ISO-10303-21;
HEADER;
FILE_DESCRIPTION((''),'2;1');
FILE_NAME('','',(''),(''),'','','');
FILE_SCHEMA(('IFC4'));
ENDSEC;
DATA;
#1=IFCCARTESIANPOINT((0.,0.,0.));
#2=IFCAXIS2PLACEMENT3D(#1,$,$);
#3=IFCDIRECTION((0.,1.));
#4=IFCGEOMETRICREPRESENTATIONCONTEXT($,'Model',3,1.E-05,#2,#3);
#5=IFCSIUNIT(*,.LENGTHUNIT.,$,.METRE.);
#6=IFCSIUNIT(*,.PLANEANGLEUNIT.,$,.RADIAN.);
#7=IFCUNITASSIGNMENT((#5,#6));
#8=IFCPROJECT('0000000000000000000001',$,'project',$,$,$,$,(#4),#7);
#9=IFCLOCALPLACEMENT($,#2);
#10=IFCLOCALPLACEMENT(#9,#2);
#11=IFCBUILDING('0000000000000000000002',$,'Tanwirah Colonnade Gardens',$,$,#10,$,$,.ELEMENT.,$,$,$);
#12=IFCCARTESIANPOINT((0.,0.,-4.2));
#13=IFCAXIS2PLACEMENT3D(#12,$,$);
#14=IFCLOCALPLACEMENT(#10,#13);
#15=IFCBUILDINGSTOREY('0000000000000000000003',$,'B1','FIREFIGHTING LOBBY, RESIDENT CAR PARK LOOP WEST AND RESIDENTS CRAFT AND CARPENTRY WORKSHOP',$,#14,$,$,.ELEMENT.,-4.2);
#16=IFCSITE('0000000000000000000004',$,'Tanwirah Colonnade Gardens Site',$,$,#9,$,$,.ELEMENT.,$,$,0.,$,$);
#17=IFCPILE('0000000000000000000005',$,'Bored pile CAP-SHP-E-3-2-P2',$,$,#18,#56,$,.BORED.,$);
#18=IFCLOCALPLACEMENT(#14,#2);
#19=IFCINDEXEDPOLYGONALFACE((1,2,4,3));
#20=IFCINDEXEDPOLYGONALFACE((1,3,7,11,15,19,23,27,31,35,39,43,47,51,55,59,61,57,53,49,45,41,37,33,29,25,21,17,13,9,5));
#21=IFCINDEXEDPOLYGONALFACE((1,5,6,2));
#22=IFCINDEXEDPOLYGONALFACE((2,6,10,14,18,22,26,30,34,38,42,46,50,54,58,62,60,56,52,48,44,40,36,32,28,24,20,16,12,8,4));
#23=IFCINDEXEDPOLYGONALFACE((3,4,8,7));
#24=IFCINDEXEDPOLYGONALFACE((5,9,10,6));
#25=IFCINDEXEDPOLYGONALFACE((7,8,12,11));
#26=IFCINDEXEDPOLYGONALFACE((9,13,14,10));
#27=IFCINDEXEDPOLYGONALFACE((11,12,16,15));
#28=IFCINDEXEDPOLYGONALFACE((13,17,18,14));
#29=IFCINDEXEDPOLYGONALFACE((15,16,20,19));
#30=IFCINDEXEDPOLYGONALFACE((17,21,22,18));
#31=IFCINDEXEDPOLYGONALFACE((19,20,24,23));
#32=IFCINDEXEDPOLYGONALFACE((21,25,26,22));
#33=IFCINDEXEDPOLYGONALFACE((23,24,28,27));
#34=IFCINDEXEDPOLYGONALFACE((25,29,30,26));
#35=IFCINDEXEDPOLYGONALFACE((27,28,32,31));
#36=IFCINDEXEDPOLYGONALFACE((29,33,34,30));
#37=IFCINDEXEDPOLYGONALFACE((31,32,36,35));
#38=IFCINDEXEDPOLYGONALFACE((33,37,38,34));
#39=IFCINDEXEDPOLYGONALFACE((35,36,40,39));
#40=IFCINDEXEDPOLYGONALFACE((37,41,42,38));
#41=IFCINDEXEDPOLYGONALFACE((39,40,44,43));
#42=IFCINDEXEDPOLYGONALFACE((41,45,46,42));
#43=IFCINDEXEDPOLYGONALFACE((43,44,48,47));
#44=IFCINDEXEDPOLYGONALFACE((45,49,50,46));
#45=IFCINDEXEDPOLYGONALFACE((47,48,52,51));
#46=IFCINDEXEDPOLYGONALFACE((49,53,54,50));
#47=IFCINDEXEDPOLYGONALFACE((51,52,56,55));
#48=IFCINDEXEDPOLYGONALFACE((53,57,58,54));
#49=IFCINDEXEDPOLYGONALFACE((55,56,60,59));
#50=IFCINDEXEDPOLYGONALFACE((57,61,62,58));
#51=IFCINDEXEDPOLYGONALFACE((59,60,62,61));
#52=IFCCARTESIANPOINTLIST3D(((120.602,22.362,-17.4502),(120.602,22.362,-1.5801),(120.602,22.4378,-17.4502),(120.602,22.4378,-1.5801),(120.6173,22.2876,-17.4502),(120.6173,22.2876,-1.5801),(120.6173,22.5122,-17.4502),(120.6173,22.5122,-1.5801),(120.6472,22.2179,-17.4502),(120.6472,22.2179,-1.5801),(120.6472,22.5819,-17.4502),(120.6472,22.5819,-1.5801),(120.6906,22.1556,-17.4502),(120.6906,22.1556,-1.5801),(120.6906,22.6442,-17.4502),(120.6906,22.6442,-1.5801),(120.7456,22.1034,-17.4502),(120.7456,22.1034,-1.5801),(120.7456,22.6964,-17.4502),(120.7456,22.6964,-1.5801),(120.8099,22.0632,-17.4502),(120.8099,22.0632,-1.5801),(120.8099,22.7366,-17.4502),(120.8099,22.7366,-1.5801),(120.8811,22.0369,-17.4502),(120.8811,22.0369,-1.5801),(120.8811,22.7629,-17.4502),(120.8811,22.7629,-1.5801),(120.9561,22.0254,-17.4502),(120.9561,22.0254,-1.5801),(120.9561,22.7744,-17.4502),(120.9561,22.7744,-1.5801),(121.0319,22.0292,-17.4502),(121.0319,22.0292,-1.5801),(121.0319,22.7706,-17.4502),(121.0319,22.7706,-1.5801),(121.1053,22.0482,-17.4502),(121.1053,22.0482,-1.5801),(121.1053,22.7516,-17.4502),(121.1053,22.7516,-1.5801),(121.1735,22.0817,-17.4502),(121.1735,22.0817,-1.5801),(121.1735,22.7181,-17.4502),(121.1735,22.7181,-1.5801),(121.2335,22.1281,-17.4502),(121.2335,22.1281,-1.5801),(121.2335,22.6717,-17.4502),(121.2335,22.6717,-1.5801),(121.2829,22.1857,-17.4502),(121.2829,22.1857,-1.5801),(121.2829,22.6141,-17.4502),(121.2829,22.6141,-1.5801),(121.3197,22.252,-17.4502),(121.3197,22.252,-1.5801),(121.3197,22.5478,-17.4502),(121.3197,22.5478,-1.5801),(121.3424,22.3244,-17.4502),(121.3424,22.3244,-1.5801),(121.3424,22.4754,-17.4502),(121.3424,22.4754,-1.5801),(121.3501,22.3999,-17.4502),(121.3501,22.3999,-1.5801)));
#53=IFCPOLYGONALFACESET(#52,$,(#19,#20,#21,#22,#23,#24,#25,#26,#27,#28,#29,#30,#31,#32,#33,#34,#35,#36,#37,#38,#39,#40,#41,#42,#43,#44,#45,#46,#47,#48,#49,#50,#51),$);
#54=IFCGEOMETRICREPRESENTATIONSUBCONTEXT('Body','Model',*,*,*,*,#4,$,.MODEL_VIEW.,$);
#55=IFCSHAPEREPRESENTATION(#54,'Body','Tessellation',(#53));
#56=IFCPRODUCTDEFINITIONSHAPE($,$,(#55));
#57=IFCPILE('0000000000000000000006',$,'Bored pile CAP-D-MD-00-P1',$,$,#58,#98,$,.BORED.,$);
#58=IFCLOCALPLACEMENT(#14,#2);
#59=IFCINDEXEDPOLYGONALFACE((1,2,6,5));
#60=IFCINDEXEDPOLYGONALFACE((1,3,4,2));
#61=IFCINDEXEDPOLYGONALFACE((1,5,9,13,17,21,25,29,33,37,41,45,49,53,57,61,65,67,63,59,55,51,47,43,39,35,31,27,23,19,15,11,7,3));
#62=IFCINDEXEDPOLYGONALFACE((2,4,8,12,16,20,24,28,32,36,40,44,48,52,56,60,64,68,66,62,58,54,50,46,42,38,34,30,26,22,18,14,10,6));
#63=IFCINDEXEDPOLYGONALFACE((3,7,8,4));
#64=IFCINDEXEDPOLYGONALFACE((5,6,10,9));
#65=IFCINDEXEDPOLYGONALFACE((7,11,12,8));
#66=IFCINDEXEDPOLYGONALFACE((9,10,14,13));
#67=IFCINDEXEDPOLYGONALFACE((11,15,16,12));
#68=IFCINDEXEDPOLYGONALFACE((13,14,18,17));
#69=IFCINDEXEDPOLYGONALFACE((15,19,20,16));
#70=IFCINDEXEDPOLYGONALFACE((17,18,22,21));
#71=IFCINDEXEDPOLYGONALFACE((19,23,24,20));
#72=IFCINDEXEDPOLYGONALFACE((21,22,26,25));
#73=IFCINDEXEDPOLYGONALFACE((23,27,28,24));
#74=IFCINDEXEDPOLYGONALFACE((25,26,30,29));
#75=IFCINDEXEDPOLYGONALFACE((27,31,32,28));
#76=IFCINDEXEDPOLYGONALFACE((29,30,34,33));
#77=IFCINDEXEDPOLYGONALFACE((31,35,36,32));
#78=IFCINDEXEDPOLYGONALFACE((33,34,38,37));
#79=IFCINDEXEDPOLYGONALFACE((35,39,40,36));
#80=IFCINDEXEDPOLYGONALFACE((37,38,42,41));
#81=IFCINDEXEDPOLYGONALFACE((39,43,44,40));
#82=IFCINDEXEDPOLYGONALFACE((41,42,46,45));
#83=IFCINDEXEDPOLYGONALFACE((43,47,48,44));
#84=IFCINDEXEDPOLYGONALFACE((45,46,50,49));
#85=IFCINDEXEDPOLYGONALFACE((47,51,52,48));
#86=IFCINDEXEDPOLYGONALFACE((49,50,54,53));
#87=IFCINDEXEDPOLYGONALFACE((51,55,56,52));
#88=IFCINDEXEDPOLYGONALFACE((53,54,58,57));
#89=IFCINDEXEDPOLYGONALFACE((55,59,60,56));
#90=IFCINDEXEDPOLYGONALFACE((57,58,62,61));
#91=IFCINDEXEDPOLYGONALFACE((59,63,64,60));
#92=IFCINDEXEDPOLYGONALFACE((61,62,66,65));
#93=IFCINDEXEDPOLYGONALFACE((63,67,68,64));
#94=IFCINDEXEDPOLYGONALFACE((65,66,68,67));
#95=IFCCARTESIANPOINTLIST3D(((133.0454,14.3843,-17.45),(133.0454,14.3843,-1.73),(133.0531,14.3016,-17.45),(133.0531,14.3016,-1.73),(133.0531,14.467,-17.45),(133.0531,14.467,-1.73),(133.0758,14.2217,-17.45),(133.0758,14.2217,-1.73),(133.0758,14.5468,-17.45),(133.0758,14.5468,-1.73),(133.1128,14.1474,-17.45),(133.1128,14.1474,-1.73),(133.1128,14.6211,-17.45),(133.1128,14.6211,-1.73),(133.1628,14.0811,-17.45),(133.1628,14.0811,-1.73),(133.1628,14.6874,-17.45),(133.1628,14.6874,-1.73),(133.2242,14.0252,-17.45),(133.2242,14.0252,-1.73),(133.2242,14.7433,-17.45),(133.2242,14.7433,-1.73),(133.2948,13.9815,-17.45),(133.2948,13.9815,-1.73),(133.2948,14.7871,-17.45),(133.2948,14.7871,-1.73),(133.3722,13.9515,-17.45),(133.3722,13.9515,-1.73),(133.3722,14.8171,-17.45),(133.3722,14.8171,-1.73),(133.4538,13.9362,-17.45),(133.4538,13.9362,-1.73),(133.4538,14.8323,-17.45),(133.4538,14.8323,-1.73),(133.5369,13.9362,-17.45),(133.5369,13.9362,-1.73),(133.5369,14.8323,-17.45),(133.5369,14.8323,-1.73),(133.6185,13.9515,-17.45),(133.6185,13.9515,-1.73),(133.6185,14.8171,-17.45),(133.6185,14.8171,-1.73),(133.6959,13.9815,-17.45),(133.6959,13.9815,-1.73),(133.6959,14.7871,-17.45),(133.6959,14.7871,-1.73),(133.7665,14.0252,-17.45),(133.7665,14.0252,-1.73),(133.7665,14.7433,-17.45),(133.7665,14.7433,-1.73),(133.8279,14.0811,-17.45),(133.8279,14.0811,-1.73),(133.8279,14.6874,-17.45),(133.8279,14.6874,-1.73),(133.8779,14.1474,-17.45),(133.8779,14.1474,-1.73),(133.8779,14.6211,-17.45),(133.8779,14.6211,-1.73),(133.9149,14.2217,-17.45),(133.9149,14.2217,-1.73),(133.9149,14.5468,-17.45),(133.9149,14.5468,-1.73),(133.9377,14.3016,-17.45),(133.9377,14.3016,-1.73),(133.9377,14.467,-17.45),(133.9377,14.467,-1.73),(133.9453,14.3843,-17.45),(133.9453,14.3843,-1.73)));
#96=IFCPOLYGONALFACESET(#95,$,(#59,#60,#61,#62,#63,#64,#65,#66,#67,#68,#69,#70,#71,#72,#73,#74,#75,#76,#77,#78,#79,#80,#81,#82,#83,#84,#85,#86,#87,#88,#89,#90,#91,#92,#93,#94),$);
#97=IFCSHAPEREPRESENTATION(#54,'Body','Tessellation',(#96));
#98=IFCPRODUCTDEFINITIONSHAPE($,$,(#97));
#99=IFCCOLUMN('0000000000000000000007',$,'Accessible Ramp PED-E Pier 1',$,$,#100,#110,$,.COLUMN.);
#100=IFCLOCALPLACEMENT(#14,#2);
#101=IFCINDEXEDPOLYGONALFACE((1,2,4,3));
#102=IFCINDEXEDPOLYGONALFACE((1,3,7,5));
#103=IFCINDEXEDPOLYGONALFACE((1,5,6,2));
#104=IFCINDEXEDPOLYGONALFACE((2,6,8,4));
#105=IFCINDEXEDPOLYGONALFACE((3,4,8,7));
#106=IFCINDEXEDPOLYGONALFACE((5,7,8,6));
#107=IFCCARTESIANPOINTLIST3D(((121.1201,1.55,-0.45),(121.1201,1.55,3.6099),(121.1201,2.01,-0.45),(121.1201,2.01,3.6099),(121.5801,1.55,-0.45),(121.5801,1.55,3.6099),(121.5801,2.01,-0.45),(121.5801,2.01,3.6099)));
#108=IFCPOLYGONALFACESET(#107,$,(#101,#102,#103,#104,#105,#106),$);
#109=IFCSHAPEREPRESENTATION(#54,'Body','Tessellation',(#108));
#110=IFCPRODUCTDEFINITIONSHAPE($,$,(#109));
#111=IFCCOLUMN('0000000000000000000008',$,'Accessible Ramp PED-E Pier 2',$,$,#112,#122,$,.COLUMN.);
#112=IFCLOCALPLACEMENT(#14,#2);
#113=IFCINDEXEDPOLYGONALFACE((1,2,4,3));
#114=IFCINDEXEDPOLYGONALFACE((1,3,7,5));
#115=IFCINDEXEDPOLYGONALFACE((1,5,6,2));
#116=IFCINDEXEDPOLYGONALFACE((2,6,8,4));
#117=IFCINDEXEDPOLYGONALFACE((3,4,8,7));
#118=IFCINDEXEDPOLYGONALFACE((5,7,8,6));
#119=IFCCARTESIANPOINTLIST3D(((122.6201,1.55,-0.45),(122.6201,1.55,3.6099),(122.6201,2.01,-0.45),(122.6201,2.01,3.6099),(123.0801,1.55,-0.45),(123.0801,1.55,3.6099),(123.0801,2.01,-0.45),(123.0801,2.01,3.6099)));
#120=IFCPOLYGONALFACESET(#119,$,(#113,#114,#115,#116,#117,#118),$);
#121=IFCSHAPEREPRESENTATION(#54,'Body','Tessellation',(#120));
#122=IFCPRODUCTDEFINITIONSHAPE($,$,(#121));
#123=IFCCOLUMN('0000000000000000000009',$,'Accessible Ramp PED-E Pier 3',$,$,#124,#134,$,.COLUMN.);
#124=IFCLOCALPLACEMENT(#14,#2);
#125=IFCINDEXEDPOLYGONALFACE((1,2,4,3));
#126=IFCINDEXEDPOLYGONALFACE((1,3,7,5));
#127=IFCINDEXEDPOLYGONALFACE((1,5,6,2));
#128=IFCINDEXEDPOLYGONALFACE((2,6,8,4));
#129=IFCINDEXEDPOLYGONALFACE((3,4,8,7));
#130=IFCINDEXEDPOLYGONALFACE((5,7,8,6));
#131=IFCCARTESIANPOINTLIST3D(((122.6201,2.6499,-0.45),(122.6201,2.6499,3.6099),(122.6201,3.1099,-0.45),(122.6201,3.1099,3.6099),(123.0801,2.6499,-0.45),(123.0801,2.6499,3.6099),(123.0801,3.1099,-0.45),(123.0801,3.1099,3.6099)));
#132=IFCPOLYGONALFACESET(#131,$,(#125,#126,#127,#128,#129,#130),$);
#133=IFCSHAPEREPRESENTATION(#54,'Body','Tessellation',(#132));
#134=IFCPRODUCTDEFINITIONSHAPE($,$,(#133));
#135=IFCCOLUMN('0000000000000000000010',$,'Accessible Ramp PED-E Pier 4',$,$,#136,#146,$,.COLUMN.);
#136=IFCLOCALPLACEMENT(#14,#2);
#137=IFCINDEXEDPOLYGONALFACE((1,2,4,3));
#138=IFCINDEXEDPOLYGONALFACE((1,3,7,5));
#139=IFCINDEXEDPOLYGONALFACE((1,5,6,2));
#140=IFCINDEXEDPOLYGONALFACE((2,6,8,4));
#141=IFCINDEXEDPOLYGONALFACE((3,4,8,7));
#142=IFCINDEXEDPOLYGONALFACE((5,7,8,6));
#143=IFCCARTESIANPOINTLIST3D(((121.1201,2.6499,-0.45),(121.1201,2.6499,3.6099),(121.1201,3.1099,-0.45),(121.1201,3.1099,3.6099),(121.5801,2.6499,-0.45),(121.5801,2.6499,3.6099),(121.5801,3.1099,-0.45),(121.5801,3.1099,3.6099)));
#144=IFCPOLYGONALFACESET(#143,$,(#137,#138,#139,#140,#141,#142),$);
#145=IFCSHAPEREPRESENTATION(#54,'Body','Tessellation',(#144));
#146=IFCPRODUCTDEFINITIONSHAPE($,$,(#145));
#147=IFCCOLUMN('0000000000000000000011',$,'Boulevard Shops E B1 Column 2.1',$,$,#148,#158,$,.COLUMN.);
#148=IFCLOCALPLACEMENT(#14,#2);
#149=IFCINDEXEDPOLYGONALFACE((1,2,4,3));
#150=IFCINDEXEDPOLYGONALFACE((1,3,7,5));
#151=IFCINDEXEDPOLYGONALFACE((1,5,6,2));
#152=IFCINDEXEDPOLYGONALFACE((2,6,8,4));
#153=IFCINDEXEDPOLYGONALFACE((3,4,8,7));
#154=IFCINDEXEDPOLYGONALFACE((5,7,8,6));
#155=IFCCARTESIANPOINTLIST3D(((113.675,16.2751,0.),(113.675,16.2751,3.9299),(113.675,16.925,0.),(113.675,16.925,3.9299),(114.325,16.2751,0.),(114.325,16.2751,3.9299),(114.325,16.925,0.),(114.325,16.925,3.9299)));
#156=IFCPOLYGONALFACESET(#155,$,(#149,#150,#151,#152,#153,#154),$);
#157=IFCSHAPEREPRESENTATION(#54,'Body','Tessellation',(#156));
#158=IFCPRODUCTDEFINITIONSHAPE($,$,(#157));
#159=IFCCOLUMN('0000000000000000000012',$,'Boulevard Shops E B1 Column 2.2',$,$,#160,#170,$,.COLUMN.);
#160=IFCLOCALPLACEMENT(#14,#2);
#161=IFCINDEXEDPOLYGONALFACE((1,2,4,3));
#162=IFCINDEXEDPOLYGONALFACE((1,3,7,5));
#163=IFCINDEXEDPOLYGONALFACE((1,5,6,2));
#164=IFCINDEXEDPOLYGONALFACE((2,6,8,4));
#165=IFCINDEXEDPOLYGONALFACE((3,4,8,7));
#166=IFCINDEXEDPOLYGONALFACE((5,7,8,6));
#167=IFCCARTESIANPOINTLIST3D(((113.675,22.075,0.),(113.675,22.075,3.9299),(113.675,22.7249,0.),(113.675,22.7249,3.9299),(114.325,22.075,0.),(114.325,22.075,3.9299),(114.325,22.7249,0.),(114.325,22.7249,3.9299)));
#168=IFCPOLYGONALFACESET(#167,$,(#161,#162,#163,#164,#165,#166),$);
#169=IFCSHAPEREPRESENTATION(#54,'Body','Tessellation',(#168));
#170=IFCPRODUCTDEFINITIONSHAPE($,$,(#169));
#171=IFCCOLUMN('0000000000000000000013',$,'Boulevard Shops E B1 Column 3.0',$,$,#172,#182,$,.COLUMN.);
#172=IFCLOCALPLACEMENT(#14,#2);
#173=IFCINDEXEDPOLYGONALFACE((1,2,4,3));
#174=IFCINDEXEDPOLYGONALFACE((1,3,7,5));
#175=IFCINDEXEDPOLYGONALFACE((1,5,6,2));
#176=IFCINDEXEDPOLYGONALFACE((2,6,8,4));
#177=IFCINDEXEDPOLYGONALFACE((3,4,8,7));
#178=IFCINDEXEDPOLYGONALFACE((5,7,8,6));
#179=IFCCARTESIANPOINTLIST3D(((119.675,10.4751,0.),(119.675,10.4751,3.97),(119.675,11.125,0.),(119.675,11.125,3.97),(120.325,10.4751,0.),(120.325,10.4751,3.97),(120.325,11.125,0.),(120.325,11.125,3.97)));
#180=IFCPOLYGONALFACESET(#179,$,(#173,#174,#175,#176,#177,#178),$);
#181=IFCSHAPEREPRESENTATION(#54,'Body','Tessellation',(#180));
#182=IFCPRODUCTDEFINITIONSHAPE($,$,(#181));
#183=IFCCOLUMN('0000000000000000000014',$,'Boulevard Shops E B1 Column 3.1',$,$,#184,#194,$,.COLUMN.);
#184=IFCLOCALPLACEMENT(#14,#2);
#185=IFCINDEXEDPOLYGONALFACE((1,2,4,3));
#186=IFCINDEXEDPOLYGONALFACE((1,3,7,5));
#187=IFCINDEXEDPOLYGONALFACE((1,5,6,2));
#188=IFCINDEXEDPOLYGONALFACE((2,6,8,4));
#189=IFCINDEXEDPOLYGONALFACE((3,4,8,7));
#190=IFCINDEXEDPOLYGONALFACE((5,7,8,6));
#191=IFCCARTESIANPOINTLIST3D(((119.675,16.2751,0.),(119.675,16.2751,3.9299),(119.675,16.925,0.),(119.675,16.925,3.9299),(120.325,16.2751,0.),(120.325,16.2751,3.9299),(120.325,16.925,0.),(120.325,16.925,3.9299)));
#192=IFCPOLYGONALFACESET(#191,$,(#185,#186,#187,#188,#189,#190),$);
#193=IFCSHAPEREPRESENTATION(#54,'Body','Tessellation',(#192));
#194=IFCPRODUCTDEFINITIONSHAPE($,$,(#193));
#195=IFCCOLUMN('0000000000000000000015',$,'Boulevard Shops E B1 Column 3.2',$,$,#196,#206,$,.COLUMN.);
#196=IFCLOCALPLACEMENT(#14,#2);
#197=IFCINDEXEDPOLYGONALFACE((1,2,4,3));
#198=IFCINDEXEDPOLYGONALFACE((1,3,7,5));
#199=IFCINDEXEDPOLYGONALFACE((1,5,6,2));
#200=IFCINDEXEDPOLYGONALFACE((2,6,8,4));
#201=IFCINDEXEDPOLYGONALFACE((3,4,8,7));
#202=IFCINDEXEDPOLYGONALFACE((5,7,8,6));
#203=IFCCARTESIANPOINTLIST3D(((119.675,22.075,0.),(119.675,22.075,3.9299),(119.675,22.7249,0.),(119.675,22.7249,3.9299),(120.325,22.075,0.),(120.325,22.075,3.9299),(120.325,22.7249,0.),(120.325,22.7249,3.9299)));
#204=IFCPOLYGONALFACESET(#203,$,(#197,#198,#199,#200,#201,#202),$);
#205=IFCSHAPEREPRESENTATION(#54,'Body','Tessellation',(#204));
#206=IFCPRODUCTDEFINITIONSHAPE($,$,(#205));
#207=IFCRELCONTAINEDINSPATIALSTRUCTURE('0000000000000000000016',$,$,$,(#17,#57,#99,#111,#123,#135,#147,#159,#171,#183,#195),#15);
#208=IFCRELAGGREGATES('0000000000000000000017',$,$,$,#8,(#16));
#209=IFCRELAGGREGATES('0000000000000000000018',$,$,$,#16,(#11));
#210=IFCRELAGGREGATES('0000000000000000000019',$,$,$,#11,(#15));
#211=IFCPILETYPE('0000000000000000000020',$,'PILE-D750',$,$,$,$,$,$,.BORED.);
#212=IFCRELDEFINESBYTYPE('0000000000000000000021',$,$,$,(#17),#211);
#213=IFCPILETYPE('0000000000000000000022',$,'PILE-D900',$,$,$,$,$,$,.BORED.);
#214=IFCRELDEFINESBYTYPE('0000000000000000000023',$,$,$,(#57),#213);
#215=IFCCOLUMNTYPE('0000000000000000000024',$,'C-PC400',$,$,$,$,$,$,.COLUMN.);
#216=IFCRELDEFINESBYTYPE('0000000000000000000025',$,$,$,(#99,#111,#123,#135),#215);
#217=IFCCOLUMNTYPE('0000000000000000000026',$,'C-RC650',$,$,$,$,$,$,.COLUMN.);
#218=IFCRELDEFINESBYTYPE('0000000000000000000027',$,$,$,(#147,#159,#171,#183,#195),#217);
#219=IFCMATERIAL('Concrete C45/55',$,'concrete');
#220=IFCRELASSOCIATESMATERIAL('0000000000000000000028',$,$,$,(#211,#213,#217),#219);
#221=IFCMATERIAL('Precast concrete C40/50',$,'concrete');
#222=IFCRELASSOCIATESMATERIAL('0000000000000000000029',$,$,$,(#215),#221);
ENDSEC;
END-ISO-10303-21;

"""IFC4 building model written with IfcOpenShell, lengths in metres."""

from ifc_helpers import new_model, si_unit, direction, frame, origin, origin_2d, place, context, subcontext, project, spatial, rectangle, circle, extrude, material, material_profile, profile_set, type_object, element, save


model = new_model("IFC4")

# Units and contexts
model_context = context("Model", 3, precision=1e-05, world=origin(), true_north=direction((0.0, 1.0)))
body_context = subcontext(model_context, "Body", "Model", "MODEL_VIEW")
ifc_project = project(units=[si_unit("LENGTHUNIT", "METRE"), si_unit("PLANEANGLEUNIT", "RADIAN")], contexts=[model_context])

# Site, building, storey
site_placement = place(None, origin())
site = spatial("IfcSite", under=ifc_project, at=site_placement, Name="Tanwirah Colonnade Gardens Site", CompositionType="ELEMENT", RefElevation=0.0)
building_placement = place(site_placement, origin())
building = spatial("IfcBuilding", under=site, at=building_placement, Name="Tanwirah Colonnade Gardens", CompositionType="ELEMENT")
storey_placement = place(building_placement, frame((0.0, 0.0, -4.2)))
storey = spatial("IfcBuildingStorey", under=building, at=storey_placement, Name="B1", Description="FIREFIGHTING LOBBY, RESIDENT CAR PARK LOOP WEST AND RESIDENTS CRAFT AND CARPENTRY WORKSHOP", CompositionType="ELEMENT", Elevation=-4.2)

# Shared definitions
ifc_material_1 = material(Name="Concrete C45/55", Category="concrete")

# Piles
ifc_material_profile_1 = material_profile(ifc_material_1, circle(Radius=0.375, at=origin_2d()), Name="PILE D750")
ifc_profile_set_1 = profile_set([ifc_material_profile_1], Name="Concrete C45/55")
pile_type_1 = type_object("IfcPileType", Name="PILE-D750", PredefinedType="BORED", material=ifc_profile_set_1)
for number, where, z_axis, x_axis, name in (
    (1, (120.9751, 22.3999, -1.5801), (0.0, 0.0, -1.0), (1.0, 0.0, 0.0), "Bored pile CAP-SHP-E-3-2-P2"),
):
    element("IfcPile", number, at=place(storey_placement, frame(where, z_axis=z_axis, x_axis=x_axis)), inside=storey, type_object=pile_type_1, Name=name, PredefinedType="BORED", context=body_context, shape_type="SweptSolid", body=[
        extrude(circle(Radius=0.375, at=origin_2d()), origin(), (0.0, 0.0, 1.0), 15.8701),
    ])
ifc_material_profile_2 = material_profile(ifc_material_1, circle(Radius=0.45, at=origin_2d()), Name="PILE D900")
ifc_profile_set_2 = profile_set([ifc_material_profile_2], Name="Concrete C45/55")
pile_type_2 = type_object("IfcPileType", Name="PILE-D900", PredefinedType="BORED", material=ifc_profile_set_2)
pile_placement = place(storey_placement, frame((133.4954, 14.3843, -1.73), z_axis=(0.0, 0.0, -1.0), x_axis=(1.0, 0.0, 0.0)))
element("IfcPile", 2, at=pile_placement, inside=storey, type_object=pile_type_2, Name="Bored pile CAP-D-MD-00-P1", PredefinedType="BORED", context=body_context, shape_type="SweptSolid", body=[
    extrude(circle(Radius=0.45, at=origin_2d()), origin(), (0.0, 0.0, 1.0), 15.72),
])

# Columns
ifc_material_2 = material(Name="Precast concrete C40/50", Category="concrete")
ifc_material_profile_3 = material_profile(ifc_material_2, rectangle(XDim=0.46, YDim=0.46, at=origin_2d()), Name="PC-COL 460x460")
ifc_profile_set_3 = profile_set([ifc_material_profile_3], Name="Precast concrete C40/50")
column_type_1 = type_object("IfcColumnType", Name="C-PC400", PredefinedType="COLUMN", material=ifc_profile_set_3)
for number, where, z_axis, x_axis, name in (
    (3, (121.3501, 1.78, -0.45), (0.0, 0.0, 1.0), (1.0, 0.0, 0.0), "Accessible Ramp PED-E Pier 1"),
    (4, (122.8501, 1.78, -0.45), (0.0, 0.0, 1.0), (1.0, 0.0, 0.0), "Accessible Ramp PED-E Pier 2"),
    (5, (122.8501, 2.8799, -0.45), (0.0, 0.0, 1.0), (1.0, 0.0, 0.0), "Accessible Ramp PED-E Pier 3"),
    (6, (121.3501, 2.8799, -0.45), (0.0, 0.0, 1.0), (1.0, 0.0, 0.0), "Accessible Ramp PED-E Pier 4"),
):
    element("IfcColumn", number, at=place(storey_placement, frame(where, z_axis=z_axis, x_axis=x_axis)), inside=storey, type_object=column_type_1, Name=name, PredefinedType="COLUMN", context=body_context, shape_type="SweptSolid", body=[
        extrude(rectangle(XDim=0.46, YDim=0.46, at=origin_2d()), origin(), (0.0, 0.0, 1.0), 4.0598),
    ])
ifc_material_profile_4 = material_profile(ifc_material_1, rectangle(XDim=0.6499, YDim=0.6499, at=origin_2d()), Name="RC-COL 650x650")
ifc_profile_set_4 = profile_set([ifc_material_profile_4], Name="Concrete C45/55")
column_type_2 = type_object("IfcColumnType", Name="C-RC650", PredefinedType="COLUMN", material=ifc_profile_set_4)
for number, where, z_axis, x_axis, name in (
    (7, (114.0, 16.6001, 0.0), (0.0, 0.0, 1.0), (1.0, 0.0, 0.0), "Boulevard Shops E B1 Column 2.1"),
    (8, (114.0, 22.3999, 0.0), (0.0, 0.0, 1.0), (1.0, 0.0, 0.0), "Boulevard Shops E B1 Column 2.2"),
):
    element("IfcColumn", number, at=place(storey_placement, frame(where, z_axis=z_axis, x_axis=x_axis)), inside=storey, type_object=column_type_2, Name=name, PredefinedType="COLUMN", context=body_context, shape_type="SweptSolid", body=[
        extrude(rectangle(XDim=0.6499, YDim=0.6499, at=origin_2d()), origin(), (0.0, 0.0, 1.0), 3.9299),
    ])
column_placement = place(storey_placement, frame((120.0, 10.8, 0.0), z_axis=(0.0, 0.0, 1.0), x_axis=(1.0, 0.0, 0.0)))
element("IfcColumn", 9, at=column_placement, inside=storey, type_object=column_type_2, Name="Boulevard Shops E B1 Column 3.0", PredefinedType="COLUMN", context=body_context, shape_type="SweptSolid", body=[
    extrude(rectangle(XDim=0.6499, YDim=0.6499, at=origin_2d()), origin(), (0.0, 0.0, 1.0), 3.97),
])
for number, where, z_axis, x_axis, name in (
    (10, (120.0, 16.6001, 0.0), (0.0, 0.0, 1.0), (1.0, 0.0, 0.0), "Boulevard Shops E B1 Column 3.1"),
    (11, (120.0, 22.3999, 0.0), (0.0, 0.0, 1.0), (1.0, 0.0, 0.0), "Boulevard Shops E B1 Column 3.2"),
):
    element("IfcColumn", number, at=place(storey_placement, frame(where, z_axis=z_axis, x_axis=x_axis)), inside=storey, type_object=column_type_2, Name=name, PredefinedType="COLUMN", context=body_context, shape_type="SweptSolid", body=[
        extrude(rectangle(XDim=0.6499, YDim=0.6499, at=origin_2d()), origin(), (0.0, 0.0, 1.0), 3.9299),
    ])

save(model, "model.ifc")
